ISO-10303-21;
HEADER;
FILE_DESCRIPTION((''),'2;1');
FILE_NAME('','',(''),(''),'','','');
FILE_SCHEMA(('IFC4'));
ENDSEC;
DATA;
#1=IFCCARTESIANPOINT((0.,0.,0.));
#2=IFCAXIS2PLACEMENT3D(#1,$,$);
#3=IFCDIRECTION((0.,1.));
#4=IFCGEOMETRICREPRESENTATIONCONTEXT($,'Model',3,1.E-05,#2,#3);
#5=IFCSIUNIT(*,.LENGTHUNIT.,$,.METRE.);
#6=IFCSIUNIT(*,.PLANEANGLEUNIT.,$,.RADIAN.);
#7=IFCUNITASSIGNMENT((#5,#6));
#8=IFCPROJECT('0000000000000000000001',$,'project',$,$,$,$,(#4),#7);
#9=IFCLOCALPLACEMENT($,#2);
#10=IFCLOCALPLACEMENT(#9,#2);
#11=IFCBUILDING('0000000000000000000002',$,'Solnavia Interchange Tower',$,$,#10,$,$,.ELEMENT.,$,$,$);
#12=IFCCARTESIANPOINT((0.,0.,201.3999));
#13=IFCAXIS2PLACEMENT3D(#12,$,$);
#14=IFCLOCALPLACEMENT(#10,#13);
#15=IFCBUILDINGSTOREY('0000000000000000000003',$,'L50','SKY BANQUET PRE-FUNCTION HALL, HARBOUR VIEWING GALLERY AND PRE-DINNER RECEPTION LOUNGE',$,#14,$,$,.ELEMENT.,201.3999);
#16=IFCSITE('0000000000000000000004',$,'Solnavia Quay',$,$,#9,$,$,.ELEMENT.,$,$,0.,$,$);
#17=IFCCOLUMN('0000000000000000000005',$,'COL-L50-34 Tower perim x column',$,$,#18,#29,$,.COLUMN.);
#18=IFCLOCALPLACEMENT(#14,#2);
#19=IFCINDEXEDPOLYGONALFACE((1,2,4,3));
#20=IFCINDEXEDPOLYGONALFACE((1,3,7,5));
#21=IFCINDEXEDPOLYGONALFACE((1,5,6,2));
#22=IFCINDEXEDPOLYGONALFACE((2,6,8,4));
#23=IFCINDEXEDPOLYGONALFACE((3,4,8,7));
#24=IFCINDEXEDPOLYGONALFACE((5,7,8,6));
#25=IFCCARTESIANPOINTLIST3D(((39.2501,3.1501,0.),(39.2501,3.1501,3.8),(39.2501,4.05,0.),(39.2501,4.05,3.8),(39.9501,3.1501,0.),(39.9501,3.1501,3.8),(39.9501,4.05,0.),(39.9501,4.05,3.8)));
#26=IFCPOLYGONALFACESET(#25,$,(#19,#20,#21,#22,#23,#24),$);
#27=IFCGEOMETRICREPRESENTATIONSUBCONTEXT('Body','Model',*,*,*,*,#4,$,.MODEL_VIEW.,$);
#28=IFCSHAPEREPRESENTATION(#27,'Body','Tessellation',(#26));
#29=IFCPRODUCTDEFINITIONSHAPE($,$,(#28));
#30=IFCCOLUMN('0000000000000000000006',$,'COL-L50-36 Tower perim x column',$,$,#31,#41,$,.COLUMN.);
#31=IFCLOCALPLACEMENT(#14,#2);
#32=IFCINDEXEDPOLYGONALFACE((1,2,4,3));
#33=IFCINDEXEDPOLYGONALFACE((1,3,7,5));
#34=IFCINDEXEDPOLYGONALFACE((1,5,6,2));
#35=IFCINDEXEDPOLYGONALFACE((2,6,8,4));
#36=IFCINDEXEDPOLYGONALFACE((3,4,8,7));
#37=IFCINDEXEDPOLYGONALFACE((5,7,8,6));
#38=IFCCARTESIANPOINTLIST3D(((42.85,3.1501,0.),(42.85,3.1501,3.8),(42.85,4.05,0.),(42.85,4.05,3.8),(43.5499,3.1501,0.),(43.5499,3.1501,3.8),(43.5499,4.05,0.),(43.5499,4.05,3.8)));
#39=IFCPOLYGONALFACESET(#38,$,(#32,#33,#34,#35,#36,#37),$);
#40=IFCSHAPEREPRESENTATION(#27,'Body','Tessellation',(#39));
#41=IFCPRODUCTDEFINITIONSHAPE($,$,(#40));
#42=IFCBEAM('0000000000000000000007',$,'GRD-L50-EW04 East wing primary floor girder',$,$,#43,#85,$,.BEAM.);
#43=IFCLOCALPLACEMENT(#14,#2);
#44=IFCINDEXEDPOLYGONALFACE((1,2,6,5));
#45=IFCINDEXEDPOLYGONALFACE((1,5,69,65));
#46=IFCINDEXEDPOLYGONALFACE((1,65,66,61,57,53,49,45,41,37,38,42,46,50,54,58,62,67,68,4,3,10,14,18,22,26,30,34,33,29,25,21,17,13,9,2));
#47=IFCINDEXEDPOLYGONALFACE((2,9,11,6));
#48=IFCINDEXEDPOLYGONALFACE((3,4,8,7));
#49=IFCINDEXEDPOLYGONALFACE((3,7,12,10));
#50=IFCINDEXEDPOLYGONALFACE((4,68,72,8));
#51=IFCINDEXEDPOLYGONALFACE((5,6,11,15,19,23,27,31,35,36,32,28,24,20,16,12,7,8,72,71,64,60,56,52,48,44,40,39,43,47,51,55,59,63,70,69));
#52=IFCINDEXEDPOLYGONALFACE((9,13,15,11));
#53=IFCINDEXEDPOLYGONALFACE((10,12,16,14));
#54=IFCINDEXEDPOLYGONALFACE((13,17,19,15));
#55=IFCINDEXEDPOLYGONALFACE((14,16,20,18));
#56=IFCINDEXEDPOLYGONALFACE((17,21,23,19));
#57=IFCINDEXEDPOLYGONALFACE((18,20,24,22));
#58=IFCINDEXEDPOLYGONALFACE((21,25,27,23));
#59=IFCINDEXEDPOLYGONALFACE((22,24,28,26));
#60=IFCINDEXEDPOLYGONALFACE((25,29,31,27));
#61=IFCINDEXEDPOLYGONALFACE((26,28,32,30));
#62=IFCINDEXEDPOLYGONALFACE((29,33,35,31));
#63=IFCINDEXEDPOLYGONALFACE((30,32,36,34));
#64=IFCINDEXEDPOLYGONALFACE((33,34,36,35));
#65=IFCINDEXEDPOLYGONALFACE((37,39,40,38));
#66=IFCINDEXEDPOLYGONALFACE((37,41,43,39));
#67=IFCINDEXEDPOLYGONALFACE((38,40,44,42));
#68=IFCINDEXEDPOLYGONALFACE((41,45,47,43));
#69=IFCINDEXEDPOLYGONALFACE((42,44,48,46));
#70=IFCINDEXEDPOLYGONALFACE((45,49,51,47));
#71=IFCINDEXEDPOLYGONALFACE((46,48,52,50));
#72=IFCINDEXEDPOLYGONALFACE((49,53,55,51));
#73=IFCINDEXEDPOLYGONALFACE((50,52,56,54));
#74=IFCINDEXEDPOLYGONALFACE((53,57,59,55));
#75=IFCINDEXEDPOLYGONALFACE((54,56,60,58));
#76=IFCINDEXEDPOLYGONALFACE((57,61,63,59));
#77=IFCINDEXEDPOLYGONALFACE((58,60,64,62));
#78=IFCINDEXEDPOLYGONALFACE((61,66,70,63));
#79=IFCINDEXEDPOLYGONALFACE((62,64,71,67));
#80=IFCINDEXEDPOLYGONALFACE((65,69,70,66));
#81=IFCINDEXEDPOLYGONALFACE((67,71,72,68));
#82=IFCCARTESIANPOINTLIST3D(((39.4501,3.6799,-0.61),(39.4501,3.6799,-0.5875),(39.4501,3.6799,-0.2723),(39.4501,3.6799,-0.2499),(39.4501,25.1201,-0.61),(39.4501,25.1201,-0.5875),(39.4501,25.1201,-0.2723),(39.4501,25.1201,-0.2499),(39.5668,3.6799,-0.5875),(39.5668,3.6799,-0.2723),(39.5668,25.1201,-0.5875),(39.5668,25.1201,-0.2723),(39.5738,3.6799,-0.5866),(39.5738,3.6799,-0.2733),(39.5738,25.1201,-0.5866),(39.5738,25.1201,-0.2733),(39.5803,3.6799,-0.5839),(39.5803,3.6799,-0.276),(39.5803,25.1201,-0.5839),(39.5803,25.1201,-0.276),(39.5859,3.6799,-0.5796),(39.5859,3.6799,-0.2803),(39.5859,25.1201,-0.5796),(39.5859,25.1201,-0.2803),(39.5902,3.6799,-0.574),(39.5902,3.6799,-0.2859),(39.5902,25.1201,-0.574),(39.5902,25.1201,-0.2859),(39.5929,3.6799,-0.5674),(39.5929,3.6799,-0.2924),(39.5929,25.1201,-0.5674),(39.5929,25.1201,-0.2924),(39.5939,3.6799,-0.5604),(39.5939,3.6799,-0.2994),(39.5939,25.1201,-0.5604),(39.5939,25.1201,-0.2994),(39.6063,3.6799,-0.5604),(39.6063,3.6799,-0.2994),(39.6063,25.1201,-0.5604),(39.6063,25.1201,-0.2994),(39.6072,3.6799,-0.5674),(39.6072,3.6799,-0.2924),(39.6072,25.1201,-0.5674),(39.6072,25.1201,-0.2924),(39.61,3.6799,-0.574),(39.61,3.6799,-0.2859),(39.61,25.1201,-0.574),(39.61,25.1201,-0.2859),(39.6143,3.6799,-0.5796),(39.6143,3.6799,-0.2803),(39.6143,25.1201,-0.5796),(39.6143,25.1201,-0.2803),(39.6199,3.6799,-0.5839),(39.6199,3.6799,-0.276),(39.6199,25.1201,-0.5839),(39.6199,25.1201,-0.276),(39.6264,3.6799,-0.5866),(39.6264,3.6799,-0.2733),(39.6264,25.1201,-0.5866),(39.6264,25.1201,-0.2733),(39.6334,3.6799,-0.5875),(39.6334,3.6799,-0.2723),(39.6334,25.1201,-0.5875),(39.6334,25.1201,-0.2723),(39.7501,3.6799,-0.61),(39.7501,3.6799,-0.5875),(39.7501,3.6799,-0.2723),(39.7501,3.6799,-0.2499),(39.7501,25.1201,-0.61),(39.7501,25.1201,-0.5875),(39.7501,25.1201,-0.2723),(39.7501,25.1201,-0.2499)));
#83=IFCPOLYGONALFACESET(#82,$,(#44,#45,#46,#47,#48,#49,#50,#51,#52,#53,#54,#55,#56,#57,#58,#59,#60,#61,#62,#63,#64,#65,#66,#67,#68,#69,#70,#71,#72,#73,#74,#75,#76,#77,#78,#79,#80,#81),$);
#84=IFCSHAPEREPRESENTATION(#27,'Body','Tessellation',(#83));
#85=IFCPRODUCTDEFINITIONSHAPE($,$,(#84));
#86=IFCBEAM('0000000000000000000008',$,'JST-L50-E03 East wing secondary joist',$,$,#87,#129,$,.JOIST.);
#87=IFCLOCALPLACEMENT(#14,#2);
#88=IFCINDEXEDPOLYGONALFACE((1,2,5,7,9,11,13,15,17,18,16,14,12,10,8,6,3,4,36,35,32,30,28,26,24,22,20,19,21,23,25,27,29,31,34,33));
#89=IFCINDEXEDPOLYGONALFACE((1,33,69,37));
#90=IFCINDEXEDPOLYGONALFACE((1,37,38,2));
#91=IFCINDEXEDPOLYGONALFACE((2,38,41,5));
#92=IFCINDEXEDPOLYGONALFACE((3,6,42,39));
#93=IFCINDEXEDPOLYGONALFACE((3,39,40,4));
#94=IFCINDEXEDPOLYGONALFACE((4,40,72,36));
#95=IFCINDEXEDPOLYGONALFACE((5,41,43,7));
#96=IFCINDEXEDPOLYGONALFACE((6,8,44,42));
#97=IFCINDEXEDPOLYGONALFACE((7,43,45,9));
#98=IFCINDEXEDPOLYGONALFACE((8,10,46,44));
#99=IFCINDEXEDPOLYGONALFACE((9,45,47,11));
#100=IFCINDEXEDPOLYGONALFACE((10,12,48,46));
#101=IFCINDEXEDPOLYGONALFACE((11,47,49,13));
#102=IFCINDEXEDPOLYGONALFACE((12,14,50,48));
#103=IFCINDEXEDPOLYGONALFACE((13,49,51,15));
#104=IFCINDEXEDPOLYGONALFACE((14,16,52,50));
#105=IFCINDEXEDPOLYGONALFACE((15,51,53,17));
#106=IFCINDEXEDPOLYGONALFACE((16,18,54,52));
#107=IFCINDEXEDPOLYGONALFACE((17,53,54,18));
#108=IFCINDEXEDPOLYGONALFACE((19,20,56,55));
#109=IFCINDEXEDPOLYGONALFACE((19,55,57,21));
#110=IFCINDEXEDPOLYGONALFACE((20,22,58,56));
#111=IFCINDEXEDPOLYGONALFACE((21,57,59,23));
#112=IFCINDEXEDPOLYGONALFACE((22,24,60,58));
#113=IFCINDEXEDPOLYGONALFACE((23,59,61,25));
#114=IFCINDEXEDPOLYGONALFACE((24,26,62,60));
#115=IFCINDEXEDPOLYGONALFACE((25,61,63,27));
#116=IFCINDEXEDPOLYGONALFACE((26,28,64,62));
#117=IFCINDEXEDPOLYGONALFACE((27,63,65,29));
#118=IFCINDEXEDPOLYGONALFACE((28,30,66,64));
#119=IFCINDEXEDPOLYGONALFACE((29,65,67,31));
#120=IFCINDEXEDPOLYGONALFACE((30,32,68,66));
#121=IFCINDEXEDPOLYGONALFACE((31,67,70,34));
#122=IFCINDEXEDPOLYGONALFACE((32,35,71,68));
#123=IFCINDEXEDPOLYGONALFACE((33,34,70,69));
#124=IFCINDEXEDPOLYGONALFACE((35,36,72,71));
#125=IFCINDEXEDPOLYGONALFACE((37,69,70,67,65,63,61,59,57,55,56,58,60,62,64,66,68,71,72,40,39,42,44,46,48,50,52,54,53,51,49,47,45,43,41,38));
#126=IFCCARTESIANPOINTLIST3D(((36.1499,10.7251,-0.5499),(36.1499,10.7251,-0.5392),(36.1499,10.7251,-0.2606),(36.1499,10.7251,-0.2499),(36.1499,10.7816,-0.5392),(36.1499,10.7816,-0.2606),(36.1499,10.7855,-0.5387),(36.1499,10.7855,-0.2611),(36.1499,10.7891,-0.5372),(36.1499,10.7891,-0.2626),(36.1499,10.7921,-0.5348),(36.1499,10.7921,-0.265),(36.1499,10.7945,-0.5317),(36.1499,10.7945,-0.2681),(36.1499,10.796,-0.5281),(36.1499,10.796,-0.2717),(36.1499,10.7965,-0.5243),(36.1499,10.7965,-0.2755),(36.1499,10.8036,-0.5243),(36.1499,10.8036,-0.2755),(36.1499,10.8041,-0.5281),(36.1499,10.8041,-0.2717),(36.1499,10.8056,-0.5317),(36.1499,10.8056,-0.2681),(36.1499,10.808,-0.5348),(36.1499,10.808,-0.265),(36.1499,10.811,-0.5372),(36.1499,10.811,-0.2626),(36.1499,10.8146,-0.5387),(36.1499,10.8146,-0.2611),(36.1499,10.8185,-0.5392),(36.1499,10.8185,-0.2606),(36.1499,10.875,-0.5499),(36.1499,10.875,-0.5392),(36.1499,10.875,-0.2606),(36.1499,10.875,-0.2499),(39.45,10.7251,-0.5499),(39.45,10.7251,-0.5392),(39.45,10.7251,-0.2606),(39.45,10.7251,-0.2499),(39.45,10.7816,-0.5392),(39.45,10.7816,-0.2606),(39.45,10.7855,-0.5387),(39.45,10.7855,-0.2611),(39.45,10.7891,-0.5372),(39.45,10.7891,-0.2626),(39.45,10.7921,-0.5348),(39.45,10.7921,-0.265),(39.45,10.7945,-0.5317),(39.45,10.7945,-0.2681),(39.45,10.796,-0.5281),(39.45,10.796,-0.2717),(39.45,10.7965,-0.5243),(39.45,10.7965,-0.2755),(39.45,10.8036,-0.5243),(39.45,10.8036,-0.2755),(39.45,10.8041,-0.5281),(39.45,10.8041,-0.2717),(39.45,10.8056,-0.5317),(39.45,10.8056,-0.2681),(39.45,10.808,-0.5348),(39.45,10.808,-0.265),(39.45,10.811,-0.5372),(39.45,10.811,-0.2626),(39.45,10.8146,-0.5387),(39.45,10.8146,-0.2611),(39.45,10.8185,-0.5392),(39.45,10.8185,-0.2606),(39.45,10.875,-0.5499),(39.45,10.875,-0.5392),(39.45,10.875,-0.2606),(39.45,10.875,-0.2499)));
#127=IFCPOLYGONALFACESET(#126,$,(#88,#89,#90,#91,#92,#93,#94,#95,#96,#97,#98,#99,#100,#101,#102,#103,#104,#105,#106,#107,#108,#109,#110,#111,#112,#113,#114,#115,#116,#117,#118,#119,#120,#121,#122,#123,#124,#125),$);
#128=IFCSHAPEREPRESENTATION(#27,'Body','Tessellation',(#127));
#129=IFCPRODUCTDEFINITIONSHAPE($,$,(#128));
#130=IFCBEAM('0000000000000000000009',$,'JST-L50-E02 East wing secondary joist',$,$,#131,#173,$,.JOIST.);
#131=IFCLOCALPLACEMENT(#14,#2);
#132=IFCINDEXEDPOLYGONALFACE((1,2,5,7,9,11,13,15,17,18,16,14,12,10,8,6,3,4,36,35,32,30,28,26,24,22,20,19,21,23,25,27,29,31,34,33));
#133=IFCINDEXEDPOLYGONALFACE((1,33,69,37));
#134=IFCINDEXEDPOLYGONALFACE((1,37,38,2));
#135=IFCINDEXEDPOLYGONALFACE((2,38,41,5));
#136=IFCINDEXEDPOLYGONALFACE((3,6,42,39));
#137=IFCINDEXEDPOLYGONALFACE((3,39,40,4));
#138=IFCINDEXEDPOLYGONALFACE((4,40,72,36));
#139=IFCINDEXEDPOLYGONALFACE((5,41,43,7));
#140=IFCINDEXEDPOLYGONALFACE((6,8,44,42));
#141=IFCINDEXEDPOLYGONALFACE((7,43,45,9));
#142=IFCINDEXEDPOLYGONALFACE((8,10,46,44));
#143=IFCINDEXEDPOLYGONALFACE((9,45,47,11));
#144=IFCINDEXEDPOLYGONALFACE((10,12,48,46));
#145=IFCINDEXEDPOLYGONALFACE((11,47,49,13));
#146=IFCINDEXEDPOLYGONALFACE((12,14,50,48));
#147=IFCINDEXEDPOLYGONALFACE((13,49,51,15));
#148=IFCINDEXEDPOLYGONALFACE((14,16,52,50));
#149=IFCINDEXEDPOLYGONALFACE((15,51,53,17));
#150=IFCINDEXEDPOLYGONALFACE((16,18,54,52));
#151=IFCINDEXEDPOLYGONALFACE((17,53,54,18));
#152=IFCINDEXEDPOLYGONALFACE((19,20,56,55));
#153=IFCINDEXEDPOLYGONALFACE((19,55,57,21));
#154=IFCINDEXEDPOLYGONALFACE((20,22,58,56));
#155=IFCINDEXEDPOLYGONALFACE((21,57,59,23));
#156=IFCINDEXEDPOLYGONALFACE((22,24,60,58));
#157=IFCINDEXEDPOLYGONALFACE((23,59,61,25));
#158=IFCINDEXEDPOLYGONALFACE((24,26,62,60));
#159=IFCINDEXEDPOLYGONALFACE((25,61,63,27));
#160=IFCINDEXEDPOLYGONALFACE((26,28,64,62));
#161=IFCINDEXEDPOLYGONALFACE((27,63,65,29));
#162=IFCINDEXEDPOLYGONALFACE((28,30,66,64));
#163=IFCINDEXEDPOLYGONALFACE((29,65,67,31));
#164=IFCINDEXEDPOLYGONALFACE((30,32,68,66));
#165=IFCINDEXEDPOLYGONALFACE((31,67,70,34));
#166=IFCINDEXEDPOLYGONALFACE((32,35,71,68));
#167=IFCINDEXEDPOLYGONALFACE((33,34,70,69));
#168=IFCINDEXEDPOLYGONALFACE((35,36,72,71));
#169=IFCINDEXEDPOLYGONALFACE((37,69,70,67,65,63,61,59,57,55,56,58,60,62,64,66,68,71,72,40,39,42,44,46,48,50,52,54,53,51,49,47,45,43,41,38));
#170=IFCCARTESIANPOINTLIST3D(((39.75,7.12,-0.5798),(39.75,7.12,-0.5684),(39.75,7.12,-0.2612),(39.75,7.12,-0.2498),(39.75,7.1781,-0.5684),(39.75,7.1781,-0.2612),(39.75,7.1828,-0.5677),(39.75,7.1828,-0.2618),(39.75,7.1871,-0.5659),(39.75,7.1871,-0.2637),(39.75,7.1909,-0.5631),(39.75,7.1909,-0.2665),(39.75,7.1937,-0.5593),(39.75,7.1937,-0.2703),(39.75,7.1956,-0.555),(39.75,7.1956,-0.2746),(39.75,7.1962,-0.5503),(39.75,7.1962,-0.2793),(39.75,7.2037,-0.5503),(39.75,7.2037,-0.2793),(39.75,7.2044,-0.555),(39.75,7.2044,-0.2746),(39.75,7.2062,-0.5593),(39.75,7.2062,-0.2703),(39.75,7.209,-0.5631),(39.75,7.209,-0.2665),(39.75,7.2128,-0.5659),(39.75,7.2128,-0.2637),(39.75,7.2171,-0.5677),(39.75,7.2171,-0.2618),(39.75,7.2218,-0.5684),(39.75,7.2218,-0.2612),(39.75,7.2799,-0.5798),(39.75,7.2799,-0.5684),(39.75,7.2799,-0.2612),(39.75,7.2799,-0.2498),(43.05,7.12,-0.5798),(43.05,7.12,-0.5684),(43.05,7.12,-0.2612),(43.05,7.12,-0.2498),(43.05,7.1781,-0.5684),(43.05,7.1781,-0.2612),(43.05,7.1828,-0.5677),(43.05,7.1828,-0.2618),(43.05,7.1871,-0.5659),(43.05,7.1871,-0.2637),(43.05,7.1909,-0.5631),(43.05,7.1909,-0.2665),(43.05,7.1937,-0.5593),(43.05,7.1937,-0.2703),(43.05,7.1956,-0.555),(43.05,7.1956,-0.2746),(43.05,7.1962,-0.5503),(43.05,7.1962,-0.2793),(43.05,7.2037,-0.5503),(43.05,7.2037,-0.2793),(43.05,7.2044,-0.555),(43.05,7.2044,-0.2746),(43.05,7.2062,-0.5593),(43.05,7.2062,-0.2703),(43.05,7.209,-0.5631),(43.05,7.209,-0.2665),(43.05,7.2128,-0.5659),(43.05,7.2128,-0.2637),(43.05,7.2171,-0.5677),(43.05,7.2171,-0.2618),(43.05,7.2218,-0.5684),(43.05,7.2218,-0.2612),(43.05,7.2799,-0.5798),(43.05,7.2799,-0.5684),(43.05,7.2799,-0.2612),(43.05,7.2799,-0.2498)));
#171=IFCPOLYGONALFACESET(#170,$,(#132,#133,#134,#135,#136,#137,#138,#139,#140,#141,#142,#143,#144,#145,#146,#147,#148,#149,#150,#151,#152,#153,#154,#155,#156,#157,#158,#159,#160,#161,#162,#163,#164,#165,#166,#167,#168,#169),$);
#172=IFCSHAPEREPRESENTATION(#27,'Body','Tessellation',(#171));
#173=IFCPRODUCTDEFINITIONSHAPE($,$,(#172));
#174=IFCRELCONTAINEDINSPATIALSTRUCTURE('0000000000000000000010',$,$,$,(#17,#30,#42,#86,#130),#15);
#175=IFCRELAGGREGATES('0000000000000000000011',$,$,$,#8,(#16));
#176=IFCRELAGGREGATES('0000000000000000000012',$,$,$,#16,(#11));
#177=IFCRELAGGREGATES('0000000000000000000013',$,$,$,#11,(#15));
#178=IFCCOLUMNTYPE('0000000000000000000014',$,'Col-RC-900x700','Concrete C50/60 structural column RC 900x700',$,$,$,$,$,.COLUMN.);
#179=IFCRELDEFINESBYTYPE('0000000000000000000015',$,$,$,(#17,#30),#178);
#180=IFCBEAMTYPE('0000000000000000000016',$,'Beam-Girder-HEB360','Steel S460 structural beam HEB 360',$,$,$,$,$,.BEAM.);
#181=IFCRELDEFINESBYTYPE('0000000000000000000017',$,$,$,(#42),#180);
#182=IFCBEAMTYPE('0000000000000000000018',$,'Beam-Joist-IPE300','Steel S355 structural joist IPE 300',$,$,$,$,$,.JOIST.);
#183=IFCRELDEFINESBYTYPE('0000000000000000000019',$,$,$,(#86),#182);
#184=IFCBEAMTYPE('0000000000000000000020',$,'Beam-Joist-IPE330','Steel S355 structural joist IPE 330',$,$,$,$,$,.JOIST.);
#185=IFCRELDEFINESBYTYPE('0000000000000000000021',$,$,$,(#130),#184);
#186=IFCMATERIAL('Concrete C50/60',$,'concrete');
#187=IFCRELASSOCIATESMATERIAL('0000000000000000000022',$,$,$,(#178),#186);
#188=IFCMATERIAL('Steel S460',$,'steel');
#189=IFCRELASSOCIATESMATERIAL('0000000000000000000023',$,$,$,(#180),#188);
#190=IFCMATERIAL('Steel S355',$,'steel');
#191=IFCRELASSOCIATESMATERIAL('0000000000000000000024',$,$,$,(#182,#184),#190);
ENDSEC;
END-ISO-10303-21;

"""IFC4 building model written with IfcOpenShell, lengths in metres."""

from ifc_helpers import new_model, si_unit, direction, frame, origin, origin_2d, place, context, subcontext, project, spatial, rectangle, i_section, extrude, material, material_profile, profile_set, type_object, element, save


model = new_model("IFC4")

# Units and contexts
model_context = context("Model", 3, precision=1e-05, world=origin(), true_north=direction((0.0, 1.0)))
body_context = subcontext(model_context, "Body", "Model", "MODEL_VIEW")
ifc_project = project(units=[si_unit("LENGTHUNIT", "METRE"), si_unit("PLANEANGLEUNIT", "RADIAN")], contexts=[model_context])

# Site, building, storey
site_placement = place(None, origin())
site = spatial("IfcSite", under=ifc_project, at=site_placement, Name="Solnavia Quay", CompositionType="ELEMENT", RefElevation=0.0)
building_placement = place(site_placement, origin())
building = spatial("IfcBuilding", under=site, at=building_placement, Name="Solnavia Interchange Tower", CompositionType="ELEMENT")
storey_placement = place(building_placement, frame((0.0, 0.0, 201.3999)))
storey = spatial("IfcBuildingStorey", under=building, at=storey_placement, Name="L50", Description="SKY BANQUET PRE-FUNCTION HALL, HARBOUR VIEWING GALLERY AND PRE-DINNER RECEPTION LOUNGE", CompositionType="ELEMENT", Elevation=201.3999)

# Columns
ifc_material_1 = material(Name="Concrete C50/60", Category="concrete")
ifc_material_profile_1 = material_profile(ifc_material_1, rectangle(XDim=0.7, YDim=0.8999, at=origin_2d()), Name="RC 900x700")
ifc_profile_set_1 = profile_set([ifc_material_profile_1], Name="Concrete C50/60")
column_type = type_object("IfcColumnType", Name="Col-RC-900x700", Description="Concrete C50/60 structural column RC 900x700", PredefinedType="COLUMN", material=ifc_profile_set_1)
for number, where, z_axis, x_axis, name in (
    (1, (39.6001, 3.6001, 0.0), (0.0, 0.0, 1.0), (1.0, 0.0, 0.0), "COL-L50-34 Tower perim x column"),
    (2, (43.2, 3.6001, 0.0), (0.0, 0.0, 1.0), (1.0, 0.0, 0.0), "COL-L50-36 Tower perim x column"),
):
    element("IfcColumn", number, at=place(storey_placement, frame(where, z_axis=z_axis, x_axis=x_axis)), inside=storey, type_object=column_type, Name=name, PredefinedType="COLUMN", context=body_context, shape_type="SweptSolid", body=[
        extrude(rectangle(XDim=0.7, YDim=0.8999, at=origin_2d()), origin(), (0.0, 0.0, 1.0), 3.8),
    ])

# Beams
ifc_material_2 = material(Name="Steel S460", Category="steel")
ifc_material_profile_2 = material_profile(ifc_material_2, i_section(OverallWidth=0.3, OverallDepth=0.3601, WebThickness=0.0125, FlangeThickness=0.0225, FilletRadius=0.0271, at=origin_2d()), Name="HEB 360")
ifc_profile_set_2 = profile_set([ifc_material_profile_2], Name="Steel S460")
beam_type_1 = type_object("IfcBeamType", Name="Beam-Girder-HEB360", Description="Steel S460 structural beam HEB 360", PredefinedType="BEAM", material=ifc_profile_set_2)
beam_1_placement = place(storey_placement, frame((39.6001, 3.6799, -0.4299), z_axis=(0.0, 1.0, 0.0), x_axis=(-1.0, 0.0, 0.0)))
element("IfcBeam", 3, at=beam_1_placement, inside=storey, type_object=beam_type_1, Name="GRD-L50-EW04 East wing primary floor girder", PredefinedType="BEAM", context=body_context, shape_type="SweptSolid", body=[
    extrude(i_section(OverallWidth=0.3, OverallDepth=0.3601, WebThickness=0.0125, FlangeThickness=0.0225, FilletRadius=0.0271, at=origin_2d()), origin(), (0.0, 0.0, 1.0), 21.4402),
])
ifc_material_3 = material(Name="Steel S355", Category="steel")
ifc_material_profile_3 = material_profile(ifc_material_3, i_section(OverallWidth=0.1499, OverallDepth=0.3, WebThickness=0.0071, FlangeThickness=0.0107, FilletRadius=0.0149, at=origin_2d()), Name="IPE 300")
ifc_profile_set_3 = profile_set([ifc_material_profile_3], Name="Steel S355")
beam_type_2 = type_object("IfcBeamType", Name="Beam-Joist-IPE300", Description="Steel S355 structural joist IPE 300", PredefinedType="JOIST", material=ifc_profile_set_3)
beam_2_placement = place(storey_placement, frame((36.1499, 10.8, -0.3999), z_axis=(1.0, 0.0, 0.0), x_axis=(0.0, 1.0, 0.0)))
element("IfcBeam", 4, at=beam_2_placement, inside=storey, type_object=beam_type_2, Name="JST-L50-E03 East wing secondary joist", PredefinedType="JOIST", context=body_context, shape_type="SweptSolid", body=[
    extrude(i_section(OverallWidth=0.1499, OverallDepth=0.3, WebThickness=0.0071, FlangeThickness=0.0107, FilletRadius=0.0149, at=origin_2d()), origin(), (0.0, 0.0, 1.0), 3.3),
])
ifc_material_profile_4 = material_profile(ifc_material_3, i_section(OverallWidth=0.1599, OverallDepth=0.3301, WebThickness=0.0076, FlangeThickness=0.0115, FilletRadius=0.0181, at=origin_2d()), Name="IPE 330")
ifc_profile_set_4 = profile_set([ifc_material_profile_4], Name="Steel S355")
beam_type_3 = type_object("IfcBeamType", Name="Beam-Joist-IPE330", Description="Steel S355 structural joist IPE 330", PredefinedType="JOIST", material=ifc_profile_set_4)
beam_3_placement = place(storey_placement, frame((39.75, 7.2, -0.4148), z_axis=(1.0, 0.0, 0.0), x_axis=(0.0, 1.0, 0.0)))
element("IfcBeam", 5, at=beam_3_placement, inside=storey, type_object=beam_type_3, Name="JST-L50-E02 East wing secondary joist", PredefinedType="JOIST", context=body_context, shape_type="SweptSolid", body=[
    extrude(i_section(OverallWidth=0.1599, OverallDepth=0.3301, WebThickness=0.0076, FlangeThickness=0.0115, FilletRadius=0.0181, at=origin_2d()), origin(), (0.0, 0.0, 1.0), 3.3),
])

save(model, "model.ifc")
